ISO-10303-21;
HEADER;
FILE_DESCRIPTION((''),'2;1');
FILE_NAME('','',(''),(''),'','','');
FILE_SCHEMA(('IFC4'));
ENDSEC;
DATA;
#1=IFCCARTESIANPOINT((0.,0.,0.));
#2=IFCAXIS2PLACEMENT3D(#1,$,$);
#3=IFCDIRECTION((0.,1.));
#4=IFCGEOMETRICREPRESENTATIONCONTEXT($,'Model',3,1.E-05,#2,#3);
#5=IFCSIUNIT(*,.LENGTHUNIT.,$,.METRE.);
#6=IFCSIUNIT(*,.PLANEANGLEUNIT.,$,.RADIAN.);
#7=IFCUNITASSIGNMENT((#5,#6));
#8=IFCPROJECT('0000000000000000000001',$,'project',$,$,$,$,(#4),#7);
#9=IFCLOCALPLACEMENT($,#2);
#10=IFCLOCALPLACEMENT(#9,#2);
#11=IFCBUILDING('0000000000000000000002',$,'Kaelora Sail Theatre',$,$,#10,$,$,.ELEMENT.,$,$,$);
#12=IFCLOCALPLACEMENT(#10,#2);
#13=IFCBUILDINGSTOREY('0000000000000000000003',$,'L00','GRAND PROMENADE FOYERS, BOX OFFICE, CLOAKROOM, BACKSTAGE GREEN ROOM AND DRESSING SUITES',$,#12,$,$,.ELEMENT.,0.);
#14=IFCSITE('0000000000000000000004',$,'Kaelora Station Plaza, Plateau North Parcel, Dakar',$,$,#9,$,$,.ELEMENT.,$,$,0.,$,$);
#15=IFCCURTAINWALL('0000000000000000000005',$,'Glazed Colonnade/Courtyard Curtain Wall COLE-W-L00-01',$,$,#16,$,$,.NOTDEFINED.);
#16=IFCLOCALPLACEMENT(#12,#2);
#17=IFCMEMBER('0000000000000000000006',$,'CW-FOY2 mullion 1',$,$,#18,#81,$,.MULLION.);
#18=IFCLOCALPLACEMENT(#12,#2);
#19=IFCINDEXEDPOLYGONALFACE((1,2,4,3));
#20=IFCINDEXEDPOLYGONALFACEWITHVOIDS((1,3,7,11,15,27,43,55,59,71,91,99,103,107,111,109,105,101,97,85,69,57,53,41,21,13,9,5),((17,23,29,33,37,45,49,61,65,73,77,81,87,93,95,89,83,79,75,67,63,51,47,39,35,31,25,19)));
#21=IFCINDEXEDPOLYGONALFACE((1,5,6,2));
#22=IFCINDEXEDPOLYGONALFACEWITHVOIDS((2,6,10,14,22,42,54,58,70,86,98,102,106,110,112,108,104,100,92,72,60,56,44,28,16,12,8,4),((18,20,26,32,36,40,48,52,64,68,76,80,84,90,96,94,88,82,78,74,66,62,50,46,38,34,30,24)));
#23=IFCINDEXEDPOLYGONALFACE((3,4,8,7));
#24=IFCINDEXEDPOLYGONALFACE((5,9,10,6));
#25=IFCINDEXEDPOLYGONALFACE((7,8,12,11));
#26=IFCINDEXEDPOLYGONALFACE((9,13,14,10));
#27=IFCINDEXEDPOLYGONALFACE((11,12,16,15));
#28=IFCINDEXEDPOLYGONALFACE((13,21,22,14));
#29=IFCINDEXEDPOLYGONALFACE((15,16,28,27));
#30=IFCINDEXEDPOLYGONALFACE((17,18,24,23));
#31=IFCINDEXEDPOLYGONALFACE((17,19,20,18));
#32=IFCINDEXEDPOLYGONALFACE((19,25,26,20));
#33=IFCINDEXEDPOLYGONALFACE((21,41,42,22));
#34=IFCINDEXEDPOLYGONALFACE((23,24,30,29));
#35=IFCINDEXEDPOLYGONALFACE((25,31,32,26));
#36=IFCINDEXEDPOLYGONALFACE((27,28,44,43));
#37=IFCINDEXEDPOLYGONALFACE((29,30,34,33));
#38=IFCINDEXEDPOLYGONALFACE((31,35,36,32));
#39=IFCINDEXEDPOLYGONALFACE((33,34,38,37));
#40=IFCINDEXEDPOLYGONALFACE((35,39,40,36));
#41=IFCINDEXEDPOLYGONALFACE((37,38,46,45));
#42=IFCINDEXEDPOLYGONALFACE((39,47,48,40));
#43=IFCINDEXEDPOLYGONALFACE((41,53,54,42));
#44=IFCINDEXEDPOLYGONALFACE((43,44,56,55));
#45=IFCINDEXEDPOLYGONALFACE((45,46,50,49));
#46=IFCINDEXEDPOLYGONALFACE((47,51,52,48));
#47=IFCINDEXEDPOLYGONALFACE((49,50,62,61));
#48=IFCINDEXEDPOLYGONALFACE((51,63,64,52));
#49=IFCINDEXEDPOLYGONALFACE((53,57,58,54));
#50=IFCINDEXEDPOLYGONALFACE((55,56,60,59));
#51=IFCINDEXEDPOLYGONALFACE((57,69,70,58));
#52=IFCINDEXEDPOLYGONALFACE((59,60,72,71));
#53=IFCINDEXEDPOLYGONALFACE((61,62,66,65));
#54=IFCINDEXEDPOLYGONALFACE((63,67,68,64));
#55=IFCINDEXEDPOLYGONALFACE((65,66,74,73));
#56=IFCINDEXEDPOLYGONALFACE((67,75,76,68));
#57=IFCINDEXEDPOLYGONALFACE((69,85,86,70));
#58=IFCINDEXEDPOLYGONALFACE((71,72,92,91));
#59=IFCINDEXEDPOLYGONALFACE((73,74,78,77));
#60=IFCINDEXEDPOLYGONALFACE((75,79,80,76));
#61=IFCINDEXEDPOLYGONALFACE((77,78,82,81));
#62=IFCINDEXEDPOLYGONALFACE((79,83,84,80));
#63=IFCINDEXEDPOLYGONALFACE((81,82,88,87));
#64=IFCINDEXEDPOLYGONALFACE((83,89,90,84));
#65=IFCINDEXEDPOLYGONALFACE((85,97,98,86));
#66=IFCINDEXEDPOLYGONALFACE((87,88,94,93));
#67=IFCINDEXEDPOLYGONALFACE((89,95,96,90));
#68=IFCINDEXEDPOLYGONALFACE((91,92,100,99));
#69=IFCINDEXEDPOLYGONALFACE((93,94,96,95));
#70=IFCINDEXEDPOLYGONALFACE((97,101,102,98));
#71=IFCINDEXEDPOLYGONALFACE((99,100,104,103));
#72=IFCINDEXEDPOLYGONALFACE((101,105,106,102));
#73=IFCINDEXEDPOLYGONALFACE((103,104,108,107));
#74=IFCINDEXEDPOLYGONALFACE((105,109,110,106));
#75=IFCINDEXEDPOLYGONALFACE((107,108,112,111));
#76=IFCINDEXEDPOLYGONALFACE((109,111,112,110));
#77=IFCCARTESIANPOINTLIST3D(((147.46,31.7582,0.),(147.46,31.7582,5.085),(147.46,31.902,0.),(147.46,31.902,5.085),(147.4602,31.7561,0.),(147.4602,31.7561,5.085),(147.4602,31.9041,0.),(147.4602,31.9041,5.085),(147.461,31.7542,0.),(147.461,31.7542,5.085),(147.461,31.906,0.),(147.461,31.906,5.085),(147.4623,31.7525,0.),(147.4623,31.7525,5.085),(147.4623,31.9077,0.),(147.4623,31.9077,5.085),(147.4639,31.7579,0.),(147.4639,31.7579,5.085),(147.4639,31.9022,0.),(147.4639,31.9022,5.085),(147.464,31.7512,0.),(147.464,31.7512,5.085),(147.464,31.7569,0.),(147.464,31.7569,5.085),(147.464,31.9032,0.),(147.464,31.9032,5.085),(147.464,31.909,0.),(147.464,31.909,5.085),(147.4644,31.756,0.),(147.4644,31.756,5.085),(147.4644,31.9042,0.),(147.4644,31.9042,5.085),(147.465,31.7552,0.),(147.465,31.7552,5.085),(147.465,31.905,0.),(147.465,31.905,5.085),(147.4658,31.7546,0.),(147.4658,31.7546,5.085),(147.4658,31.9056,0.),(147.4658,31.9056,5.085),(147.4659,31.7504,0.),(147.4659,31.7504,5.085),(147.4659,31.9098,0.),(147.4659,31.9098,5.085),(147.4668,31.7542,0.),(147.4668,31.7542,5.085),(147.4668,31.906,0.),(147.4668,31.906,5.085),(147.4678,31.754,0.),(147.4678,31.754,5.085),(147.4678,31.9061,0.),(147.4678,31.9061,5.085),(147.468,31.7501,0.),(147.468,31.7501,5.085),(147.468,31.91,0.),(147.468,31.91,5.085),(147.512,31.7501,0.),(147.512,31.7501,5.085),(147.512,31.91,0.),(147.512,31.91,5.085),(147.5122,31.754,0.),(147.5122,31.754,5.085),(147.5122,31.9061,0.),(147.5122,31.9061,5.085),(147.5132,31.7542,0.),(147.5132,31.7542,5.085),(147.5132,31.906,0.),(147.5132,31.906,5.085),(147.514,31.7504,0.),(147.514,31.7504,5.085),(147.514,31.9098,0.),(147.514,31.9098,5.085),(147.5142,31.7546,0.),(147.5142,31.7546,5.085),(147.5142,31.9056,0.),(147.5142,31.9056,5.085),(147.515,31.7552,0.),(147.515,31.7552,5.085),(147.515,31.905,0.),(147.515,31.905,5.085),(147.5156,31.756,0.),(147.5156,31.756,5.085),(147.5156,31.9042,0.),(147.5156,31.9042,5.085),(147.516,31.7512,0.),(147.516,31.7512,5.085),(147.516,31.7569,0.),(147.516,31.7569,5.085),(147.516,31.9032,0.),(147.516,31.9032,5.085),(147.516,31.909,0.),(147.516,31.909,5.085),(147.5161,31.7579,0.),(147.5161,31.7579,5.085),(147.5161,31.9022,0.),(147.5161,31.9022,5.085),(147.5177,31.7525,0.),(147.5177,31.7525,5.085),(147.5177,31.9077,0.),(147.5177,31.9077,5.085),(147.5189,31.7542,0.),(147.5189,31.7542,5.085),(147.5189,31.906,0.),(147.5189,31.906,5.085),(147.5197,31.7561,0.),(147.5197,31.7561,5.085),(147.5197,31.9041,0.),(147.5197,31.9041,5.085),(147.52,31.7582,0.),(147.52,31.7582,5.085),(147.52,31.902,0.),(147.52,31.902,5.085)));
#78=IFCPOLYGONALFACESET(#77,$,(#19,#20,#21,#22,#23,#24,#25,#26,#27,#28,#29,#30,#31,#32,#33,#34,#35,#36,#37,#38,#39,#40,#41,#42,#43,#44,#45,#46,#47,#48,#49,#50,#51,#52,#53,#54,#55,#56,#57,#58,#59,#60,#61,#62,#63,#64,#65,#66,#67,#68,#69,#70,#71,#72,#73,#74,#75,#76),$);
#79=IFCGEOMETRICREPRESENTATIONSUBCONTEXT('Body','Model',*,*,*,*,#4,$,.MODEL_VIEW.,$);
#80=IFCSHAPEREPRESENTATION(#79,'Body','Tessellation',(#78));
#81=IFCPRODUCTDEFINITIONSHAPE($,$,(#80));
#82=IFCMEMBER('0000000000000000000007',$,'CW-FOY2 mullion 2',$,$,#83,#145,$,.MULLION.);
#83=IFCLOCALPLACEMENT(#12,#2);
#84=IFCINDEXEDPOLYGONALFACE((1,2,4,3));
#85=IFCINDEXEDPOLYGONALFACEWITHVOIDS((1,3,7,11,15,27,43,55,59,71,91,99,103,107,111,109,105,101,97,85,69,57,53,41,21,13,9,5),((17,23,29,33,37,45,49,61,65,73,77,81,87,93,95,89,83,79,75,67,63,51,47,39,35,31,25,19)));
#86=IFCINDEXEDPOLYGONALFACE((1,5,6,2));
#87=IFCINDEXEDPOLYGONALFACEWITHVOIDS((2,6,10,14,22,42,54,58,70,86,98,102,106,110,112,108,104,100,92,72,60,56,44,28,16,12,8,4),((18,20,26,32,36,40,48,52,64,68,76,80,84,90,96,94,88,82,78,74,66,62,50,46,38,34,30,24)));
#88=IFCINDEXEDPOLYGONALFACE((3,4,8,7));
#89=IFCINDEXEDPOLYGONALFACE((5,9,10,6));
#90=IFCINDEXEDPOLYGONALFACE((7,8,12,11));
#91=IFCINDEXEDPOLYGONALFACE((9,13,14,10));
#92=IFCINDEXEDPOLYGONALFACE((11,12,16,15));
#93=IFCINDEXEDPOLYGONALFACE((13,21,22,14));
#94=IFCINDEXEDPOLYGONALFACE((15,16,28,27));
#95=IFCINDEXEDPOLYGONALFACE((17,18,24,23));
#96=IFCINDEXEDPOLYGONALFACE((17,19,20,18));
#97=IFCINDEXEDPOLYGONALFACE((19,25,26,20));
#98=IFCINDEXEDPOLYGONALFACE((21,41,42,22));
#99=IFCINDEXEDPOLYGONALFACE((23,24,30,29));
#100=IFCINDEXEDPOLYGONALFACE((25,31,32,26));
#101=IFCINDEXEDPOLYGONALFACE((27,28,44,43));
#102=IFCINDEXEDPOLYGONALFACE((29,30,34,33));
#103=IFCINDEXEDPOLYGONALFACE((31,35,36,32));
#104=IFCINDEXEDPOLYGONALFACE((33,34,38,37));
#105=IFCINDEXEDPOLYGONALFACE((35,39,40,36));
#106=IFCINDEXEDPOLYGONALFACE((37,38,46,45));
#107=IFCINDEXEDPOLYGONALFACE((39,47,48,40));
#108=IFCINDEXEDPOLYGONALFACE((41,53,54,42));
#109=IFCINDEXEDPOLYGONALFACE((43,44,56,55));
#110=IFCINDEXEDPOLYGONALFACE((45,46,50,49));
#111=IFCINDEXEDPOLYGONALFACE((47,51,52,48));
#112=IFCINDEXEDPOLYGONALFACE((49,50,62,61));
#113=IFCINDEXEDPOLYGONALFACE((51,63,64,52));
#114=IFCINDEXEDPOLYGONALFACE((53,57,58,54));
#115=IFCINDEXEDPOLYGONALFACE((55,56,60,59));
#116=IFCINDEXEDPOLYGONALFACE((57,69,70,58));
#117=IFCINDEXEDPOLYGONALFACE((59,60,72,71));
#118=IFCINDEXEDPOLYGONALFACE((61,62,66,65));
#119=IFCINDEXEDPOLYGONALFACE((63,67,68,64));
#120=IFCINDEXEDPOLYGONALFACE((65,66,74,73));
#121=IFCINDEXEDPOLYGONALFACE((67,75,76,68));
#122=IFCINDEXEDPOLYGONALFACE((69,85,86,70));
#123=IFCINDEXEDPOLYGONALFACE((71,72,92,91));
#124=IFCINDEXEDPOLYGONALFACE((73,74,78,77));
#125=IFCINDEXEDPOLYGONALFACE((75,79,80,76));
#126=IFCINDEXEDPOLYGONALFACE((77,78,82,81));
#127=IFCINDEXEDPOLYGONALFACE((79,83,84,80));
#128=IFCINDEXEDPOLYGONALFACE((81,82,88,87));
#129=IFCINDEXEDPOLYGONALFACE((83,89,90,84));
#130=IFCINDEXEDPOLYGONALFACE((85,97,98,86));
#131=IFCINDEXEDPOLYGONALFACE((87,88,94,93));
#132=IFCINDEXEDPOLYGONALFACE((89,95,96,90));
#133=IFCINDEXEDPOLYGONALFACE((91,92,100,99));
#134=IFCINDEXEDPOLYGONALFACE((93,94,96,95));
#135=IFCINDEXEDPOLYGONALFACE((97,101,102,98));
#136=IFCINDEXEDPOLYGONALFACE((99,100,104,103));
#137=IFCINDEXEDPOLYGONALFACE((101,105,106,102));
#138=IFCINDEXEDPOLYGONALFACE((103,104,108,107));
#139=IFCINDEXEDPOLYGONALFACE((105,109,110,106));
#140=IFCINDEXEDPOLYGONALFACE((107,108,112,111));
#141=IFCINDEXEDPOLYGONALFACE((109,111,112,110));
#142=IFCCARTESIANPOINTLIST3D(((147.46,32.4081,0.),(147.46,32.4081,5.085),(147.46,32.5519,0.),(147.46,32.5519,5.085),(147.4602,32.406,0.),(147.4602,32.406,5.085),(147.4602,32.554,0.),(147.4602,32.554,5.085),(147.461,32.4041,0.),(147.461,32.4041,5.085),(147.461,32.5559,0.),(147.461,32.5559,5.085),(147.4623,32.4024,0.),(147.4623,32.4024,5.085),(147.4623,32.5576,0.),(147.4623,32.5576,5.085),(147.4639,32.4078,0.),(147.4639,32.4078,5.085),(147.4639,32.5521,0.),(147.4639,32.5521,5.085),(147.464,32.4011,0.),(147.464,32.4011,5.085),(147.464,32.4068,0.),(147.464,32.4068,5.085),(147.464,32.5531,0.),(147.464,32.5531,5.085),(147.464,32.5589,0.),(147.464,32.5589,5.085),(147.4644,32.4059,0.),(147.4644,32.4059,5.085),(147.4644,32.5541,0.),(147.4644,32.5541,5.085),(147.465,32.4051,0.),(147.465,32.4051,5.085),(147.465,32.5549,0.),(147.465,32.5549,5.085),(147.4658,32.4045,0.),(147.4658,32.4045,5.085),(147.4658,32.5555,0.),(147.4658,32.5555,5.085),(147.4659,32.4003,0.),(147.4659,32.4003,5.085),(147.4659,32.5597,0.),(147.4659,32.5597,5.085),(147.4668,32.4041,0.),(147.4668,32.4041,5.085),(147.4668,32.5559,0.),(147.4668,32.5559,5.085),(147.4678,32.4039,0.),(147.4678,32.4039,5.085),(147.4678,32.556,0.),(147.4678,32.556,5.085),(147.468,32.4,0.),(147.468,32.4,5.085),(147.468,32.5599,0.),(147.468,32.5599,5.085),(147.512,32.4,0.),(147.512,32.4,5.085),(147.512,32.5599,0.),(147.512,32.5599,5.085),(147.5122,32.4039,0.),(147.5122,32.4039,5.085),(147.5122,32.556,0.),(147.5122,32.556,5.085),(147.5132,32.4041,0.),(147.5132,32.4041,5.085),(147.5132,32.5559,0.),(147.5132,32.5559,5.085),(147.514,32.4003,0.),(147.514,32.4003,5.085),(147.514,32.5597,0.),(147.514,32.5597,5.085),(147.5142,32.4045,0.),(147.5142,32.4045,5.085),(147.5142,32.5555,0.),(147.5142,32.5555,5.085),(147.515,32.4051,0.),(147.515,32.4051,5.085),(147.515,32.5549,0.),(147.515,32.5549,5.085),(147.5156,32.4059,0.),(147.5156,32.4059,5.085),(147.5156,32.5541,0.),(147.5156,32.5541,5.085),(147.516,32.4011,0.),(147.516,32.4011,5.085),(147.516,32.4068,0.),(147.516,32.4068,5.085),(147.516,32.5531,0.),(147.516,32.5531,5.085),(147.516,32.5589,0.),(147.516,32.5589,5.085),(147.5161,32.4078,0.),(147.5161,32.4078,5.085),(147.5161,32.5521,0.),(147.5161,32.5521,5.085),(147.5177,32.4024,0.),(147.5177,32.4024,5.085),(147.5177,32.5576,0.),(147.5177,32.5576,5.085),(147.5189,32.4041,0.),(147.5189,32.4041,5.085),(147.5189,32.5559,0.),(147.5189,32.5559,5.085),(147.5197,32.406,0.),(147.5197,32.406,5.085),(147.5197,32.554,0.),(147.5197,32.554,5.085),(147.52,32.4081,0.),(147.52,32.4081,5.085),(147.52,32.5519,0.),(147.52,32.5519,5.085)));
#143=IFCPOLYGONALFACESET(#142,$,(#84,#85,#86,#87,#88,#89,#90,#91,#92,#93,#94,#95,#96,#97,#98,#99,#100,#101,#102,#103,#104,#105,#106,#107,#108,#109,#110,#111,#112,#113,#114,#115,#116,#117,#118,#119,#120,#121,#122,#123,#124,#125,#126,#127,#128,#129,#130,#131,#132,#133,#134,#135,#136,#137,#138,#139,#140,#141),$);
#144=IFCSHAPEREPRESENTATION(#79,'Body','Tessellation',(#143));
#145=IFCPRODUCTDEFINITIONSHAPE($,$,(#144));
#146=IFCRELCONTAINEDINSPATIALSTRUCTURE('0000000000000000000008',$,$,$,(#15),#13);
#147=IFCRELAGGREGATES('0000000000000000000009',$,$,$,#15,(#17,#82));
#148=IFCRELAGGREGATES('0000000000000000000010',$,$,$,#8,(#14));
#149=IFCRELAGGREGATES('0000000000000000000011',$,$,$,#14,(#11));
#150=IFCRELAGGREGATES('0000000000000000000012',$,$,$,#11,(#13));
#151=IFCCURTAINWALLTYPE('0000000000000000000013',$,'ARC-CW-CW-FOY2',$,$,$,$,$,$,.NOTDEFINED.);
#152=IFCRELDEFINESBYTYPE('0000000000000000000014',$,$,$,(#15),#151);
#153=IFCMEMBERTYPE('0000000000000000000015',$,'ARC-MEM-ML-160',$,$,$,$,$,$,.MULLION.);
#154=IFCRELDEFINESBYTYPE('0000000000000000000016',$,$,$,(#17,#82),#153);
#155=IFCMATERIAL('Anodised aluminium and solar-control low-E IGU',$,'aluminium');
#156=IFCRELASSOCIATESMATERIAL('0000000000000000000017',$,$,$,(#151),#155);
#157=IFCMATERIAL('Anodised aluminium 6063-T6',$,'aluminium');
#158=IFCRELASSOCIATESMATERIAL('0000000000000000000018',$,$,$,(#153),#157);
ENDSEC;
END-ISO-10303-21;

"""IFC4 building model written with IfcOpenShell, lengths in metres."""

from ifc_helpers import new_model, si_unit, direction, frame, origin, origin_2d, place, context, subcontext, project, spatial, hollow_rectangle, extrude, material, material_profile, profile_set, type_object, element, aggregate, save


model = new_model("IFC4")

# Units and contexts
model_context = context("Model", 3, precision=1e-05, world=origin(), true_north=direction((0.0, 1.0)))
body_context = subcontext(model_context, "Body", "Model", "MODEL_VIEW")
ifc_project = project(units=[si_unit("LENGTHUNIT", "METRE"), si_unit("PLANEANGLEUNIT", "RADIAN")], contexts=[model_context])

# Site, building, storey
site_placement = place(None, origin())
site = spatial("IfcSite", under=ifc_project, at=site_placement, Name="Kaelora Station Plaza, Plateau North Parcel, Dakar", CompositionType="ELEMENT", RefElevation=0.0)
building_placement = place(site_placement, origin())
building = spatial("IfcBuilding", under=site, at=building_placement, Name="Kaelora Sail Theatre", CompositionType="ELEMENT")
storey_placement = place(building_placement, origin())
storey = spatial("IfcBuildingStorey", under=building, at=storey_placement, Name="L00", Description="GRAND PROMENADE FOYERS, BOX OFFICE, CLOAKROOM, BACKSTAGE GREEN ROOM AND DRESSING SUITES", CompositionType="ELEMENT", Elevation=0.0)

# Curtain wall, members
ifc_material_1 = material(Name="Anodised aluminium and solar-control low-E IGU", Category="aluminium")
curtain_wall_type_1 = type_object("IfcCurtainWallType", Name="ARC-CW-CW-FOY2", PredefinedType="NOTDEFINED", material=ifc_material_1)
curtain_wall_1_placement = place(storey_placement, origin())
curtain_wall_1 = element("IfcCurtainWall", 1, at=curtain_wall_1_placement, inside=storey, type_object=curtain_wall_type_1, Name="Glazed Colonnade/Courtyard Curtain Wall COLE-W-L00-01", PredefinedType="NOTDEFINED")
ifc_material_2 = material(Name="Anodised aluminium 6063-T6", Category="aluminium")
ifc_material_profile_1 = material_profile(ifc_material_2, hollow_rectangle(XDim=0.0601, YDim=0.1599, WallThickness=0.0039, InnerFilletRadius=0.0039, OuterFilletRadius=0.0081, at=origin_2d()), Name="ALU-MULL 60x160x4")
ifc_profile_set_1 = profile_set([ifc_material_profile_1], Name="Anodised aluminium 6063-T6")
member_type_1 = type_object("IfcMemberType", Name="ARC-MEM-ML-160", PredefinedType="MULLION", material=ifc_profile_set_1)
member_1_placement = place(storey_placement, frame((147.49, 31.8301, 0.0), z_axis=(0.0, 0.0, 1.0), x_axis=(-1.0, 0.0, 0.0)))
member_1 = element("IfcMember", 2, at=member_1_placement, type_object=member_type_1, Name="CW-FOY2 mullion 1", PredefinedType="MULLION", context=body_context, shape_type="SweptSolid", body=[
    extrude(hollow_rectangle(XDim=0.0601, YDim=0.1599, WallThickness=0.0039, InnerFilletRadius=0.0039, OuterFilletRadius=0.0081, at=origin_2d()), origin(), (0.0, 0.0, 1.0), 5.085),
])
member_2_placement = place(storey_placement, frame((147.49, 32.48, 0.0), z_axis=(0.0, 0.0, 1.0), x_axis=(-1.0, 0.0, 0.0)))
member_2 = element("IfcMember", 3, at=member_2_placement, type_object=member_type_1, Name="CW-FOY2 mullion 2", PredefinedType="MULLION", context=body_context, shape_type="SweptSolid", body=[
    extrude(hollow_rectangle(XDim=0.0601, YDim=0.1599, WallThickness=0.0039, InnerFilletRadius=0.0039, OuterFilletRadius=0.0081, at=origin_2d()), origin(), (0.0, 0.0, 1.0), 5.085),
])

aggregate(curtain_wall_1, [member_1, member_2])

save(model, "model.ifc")
